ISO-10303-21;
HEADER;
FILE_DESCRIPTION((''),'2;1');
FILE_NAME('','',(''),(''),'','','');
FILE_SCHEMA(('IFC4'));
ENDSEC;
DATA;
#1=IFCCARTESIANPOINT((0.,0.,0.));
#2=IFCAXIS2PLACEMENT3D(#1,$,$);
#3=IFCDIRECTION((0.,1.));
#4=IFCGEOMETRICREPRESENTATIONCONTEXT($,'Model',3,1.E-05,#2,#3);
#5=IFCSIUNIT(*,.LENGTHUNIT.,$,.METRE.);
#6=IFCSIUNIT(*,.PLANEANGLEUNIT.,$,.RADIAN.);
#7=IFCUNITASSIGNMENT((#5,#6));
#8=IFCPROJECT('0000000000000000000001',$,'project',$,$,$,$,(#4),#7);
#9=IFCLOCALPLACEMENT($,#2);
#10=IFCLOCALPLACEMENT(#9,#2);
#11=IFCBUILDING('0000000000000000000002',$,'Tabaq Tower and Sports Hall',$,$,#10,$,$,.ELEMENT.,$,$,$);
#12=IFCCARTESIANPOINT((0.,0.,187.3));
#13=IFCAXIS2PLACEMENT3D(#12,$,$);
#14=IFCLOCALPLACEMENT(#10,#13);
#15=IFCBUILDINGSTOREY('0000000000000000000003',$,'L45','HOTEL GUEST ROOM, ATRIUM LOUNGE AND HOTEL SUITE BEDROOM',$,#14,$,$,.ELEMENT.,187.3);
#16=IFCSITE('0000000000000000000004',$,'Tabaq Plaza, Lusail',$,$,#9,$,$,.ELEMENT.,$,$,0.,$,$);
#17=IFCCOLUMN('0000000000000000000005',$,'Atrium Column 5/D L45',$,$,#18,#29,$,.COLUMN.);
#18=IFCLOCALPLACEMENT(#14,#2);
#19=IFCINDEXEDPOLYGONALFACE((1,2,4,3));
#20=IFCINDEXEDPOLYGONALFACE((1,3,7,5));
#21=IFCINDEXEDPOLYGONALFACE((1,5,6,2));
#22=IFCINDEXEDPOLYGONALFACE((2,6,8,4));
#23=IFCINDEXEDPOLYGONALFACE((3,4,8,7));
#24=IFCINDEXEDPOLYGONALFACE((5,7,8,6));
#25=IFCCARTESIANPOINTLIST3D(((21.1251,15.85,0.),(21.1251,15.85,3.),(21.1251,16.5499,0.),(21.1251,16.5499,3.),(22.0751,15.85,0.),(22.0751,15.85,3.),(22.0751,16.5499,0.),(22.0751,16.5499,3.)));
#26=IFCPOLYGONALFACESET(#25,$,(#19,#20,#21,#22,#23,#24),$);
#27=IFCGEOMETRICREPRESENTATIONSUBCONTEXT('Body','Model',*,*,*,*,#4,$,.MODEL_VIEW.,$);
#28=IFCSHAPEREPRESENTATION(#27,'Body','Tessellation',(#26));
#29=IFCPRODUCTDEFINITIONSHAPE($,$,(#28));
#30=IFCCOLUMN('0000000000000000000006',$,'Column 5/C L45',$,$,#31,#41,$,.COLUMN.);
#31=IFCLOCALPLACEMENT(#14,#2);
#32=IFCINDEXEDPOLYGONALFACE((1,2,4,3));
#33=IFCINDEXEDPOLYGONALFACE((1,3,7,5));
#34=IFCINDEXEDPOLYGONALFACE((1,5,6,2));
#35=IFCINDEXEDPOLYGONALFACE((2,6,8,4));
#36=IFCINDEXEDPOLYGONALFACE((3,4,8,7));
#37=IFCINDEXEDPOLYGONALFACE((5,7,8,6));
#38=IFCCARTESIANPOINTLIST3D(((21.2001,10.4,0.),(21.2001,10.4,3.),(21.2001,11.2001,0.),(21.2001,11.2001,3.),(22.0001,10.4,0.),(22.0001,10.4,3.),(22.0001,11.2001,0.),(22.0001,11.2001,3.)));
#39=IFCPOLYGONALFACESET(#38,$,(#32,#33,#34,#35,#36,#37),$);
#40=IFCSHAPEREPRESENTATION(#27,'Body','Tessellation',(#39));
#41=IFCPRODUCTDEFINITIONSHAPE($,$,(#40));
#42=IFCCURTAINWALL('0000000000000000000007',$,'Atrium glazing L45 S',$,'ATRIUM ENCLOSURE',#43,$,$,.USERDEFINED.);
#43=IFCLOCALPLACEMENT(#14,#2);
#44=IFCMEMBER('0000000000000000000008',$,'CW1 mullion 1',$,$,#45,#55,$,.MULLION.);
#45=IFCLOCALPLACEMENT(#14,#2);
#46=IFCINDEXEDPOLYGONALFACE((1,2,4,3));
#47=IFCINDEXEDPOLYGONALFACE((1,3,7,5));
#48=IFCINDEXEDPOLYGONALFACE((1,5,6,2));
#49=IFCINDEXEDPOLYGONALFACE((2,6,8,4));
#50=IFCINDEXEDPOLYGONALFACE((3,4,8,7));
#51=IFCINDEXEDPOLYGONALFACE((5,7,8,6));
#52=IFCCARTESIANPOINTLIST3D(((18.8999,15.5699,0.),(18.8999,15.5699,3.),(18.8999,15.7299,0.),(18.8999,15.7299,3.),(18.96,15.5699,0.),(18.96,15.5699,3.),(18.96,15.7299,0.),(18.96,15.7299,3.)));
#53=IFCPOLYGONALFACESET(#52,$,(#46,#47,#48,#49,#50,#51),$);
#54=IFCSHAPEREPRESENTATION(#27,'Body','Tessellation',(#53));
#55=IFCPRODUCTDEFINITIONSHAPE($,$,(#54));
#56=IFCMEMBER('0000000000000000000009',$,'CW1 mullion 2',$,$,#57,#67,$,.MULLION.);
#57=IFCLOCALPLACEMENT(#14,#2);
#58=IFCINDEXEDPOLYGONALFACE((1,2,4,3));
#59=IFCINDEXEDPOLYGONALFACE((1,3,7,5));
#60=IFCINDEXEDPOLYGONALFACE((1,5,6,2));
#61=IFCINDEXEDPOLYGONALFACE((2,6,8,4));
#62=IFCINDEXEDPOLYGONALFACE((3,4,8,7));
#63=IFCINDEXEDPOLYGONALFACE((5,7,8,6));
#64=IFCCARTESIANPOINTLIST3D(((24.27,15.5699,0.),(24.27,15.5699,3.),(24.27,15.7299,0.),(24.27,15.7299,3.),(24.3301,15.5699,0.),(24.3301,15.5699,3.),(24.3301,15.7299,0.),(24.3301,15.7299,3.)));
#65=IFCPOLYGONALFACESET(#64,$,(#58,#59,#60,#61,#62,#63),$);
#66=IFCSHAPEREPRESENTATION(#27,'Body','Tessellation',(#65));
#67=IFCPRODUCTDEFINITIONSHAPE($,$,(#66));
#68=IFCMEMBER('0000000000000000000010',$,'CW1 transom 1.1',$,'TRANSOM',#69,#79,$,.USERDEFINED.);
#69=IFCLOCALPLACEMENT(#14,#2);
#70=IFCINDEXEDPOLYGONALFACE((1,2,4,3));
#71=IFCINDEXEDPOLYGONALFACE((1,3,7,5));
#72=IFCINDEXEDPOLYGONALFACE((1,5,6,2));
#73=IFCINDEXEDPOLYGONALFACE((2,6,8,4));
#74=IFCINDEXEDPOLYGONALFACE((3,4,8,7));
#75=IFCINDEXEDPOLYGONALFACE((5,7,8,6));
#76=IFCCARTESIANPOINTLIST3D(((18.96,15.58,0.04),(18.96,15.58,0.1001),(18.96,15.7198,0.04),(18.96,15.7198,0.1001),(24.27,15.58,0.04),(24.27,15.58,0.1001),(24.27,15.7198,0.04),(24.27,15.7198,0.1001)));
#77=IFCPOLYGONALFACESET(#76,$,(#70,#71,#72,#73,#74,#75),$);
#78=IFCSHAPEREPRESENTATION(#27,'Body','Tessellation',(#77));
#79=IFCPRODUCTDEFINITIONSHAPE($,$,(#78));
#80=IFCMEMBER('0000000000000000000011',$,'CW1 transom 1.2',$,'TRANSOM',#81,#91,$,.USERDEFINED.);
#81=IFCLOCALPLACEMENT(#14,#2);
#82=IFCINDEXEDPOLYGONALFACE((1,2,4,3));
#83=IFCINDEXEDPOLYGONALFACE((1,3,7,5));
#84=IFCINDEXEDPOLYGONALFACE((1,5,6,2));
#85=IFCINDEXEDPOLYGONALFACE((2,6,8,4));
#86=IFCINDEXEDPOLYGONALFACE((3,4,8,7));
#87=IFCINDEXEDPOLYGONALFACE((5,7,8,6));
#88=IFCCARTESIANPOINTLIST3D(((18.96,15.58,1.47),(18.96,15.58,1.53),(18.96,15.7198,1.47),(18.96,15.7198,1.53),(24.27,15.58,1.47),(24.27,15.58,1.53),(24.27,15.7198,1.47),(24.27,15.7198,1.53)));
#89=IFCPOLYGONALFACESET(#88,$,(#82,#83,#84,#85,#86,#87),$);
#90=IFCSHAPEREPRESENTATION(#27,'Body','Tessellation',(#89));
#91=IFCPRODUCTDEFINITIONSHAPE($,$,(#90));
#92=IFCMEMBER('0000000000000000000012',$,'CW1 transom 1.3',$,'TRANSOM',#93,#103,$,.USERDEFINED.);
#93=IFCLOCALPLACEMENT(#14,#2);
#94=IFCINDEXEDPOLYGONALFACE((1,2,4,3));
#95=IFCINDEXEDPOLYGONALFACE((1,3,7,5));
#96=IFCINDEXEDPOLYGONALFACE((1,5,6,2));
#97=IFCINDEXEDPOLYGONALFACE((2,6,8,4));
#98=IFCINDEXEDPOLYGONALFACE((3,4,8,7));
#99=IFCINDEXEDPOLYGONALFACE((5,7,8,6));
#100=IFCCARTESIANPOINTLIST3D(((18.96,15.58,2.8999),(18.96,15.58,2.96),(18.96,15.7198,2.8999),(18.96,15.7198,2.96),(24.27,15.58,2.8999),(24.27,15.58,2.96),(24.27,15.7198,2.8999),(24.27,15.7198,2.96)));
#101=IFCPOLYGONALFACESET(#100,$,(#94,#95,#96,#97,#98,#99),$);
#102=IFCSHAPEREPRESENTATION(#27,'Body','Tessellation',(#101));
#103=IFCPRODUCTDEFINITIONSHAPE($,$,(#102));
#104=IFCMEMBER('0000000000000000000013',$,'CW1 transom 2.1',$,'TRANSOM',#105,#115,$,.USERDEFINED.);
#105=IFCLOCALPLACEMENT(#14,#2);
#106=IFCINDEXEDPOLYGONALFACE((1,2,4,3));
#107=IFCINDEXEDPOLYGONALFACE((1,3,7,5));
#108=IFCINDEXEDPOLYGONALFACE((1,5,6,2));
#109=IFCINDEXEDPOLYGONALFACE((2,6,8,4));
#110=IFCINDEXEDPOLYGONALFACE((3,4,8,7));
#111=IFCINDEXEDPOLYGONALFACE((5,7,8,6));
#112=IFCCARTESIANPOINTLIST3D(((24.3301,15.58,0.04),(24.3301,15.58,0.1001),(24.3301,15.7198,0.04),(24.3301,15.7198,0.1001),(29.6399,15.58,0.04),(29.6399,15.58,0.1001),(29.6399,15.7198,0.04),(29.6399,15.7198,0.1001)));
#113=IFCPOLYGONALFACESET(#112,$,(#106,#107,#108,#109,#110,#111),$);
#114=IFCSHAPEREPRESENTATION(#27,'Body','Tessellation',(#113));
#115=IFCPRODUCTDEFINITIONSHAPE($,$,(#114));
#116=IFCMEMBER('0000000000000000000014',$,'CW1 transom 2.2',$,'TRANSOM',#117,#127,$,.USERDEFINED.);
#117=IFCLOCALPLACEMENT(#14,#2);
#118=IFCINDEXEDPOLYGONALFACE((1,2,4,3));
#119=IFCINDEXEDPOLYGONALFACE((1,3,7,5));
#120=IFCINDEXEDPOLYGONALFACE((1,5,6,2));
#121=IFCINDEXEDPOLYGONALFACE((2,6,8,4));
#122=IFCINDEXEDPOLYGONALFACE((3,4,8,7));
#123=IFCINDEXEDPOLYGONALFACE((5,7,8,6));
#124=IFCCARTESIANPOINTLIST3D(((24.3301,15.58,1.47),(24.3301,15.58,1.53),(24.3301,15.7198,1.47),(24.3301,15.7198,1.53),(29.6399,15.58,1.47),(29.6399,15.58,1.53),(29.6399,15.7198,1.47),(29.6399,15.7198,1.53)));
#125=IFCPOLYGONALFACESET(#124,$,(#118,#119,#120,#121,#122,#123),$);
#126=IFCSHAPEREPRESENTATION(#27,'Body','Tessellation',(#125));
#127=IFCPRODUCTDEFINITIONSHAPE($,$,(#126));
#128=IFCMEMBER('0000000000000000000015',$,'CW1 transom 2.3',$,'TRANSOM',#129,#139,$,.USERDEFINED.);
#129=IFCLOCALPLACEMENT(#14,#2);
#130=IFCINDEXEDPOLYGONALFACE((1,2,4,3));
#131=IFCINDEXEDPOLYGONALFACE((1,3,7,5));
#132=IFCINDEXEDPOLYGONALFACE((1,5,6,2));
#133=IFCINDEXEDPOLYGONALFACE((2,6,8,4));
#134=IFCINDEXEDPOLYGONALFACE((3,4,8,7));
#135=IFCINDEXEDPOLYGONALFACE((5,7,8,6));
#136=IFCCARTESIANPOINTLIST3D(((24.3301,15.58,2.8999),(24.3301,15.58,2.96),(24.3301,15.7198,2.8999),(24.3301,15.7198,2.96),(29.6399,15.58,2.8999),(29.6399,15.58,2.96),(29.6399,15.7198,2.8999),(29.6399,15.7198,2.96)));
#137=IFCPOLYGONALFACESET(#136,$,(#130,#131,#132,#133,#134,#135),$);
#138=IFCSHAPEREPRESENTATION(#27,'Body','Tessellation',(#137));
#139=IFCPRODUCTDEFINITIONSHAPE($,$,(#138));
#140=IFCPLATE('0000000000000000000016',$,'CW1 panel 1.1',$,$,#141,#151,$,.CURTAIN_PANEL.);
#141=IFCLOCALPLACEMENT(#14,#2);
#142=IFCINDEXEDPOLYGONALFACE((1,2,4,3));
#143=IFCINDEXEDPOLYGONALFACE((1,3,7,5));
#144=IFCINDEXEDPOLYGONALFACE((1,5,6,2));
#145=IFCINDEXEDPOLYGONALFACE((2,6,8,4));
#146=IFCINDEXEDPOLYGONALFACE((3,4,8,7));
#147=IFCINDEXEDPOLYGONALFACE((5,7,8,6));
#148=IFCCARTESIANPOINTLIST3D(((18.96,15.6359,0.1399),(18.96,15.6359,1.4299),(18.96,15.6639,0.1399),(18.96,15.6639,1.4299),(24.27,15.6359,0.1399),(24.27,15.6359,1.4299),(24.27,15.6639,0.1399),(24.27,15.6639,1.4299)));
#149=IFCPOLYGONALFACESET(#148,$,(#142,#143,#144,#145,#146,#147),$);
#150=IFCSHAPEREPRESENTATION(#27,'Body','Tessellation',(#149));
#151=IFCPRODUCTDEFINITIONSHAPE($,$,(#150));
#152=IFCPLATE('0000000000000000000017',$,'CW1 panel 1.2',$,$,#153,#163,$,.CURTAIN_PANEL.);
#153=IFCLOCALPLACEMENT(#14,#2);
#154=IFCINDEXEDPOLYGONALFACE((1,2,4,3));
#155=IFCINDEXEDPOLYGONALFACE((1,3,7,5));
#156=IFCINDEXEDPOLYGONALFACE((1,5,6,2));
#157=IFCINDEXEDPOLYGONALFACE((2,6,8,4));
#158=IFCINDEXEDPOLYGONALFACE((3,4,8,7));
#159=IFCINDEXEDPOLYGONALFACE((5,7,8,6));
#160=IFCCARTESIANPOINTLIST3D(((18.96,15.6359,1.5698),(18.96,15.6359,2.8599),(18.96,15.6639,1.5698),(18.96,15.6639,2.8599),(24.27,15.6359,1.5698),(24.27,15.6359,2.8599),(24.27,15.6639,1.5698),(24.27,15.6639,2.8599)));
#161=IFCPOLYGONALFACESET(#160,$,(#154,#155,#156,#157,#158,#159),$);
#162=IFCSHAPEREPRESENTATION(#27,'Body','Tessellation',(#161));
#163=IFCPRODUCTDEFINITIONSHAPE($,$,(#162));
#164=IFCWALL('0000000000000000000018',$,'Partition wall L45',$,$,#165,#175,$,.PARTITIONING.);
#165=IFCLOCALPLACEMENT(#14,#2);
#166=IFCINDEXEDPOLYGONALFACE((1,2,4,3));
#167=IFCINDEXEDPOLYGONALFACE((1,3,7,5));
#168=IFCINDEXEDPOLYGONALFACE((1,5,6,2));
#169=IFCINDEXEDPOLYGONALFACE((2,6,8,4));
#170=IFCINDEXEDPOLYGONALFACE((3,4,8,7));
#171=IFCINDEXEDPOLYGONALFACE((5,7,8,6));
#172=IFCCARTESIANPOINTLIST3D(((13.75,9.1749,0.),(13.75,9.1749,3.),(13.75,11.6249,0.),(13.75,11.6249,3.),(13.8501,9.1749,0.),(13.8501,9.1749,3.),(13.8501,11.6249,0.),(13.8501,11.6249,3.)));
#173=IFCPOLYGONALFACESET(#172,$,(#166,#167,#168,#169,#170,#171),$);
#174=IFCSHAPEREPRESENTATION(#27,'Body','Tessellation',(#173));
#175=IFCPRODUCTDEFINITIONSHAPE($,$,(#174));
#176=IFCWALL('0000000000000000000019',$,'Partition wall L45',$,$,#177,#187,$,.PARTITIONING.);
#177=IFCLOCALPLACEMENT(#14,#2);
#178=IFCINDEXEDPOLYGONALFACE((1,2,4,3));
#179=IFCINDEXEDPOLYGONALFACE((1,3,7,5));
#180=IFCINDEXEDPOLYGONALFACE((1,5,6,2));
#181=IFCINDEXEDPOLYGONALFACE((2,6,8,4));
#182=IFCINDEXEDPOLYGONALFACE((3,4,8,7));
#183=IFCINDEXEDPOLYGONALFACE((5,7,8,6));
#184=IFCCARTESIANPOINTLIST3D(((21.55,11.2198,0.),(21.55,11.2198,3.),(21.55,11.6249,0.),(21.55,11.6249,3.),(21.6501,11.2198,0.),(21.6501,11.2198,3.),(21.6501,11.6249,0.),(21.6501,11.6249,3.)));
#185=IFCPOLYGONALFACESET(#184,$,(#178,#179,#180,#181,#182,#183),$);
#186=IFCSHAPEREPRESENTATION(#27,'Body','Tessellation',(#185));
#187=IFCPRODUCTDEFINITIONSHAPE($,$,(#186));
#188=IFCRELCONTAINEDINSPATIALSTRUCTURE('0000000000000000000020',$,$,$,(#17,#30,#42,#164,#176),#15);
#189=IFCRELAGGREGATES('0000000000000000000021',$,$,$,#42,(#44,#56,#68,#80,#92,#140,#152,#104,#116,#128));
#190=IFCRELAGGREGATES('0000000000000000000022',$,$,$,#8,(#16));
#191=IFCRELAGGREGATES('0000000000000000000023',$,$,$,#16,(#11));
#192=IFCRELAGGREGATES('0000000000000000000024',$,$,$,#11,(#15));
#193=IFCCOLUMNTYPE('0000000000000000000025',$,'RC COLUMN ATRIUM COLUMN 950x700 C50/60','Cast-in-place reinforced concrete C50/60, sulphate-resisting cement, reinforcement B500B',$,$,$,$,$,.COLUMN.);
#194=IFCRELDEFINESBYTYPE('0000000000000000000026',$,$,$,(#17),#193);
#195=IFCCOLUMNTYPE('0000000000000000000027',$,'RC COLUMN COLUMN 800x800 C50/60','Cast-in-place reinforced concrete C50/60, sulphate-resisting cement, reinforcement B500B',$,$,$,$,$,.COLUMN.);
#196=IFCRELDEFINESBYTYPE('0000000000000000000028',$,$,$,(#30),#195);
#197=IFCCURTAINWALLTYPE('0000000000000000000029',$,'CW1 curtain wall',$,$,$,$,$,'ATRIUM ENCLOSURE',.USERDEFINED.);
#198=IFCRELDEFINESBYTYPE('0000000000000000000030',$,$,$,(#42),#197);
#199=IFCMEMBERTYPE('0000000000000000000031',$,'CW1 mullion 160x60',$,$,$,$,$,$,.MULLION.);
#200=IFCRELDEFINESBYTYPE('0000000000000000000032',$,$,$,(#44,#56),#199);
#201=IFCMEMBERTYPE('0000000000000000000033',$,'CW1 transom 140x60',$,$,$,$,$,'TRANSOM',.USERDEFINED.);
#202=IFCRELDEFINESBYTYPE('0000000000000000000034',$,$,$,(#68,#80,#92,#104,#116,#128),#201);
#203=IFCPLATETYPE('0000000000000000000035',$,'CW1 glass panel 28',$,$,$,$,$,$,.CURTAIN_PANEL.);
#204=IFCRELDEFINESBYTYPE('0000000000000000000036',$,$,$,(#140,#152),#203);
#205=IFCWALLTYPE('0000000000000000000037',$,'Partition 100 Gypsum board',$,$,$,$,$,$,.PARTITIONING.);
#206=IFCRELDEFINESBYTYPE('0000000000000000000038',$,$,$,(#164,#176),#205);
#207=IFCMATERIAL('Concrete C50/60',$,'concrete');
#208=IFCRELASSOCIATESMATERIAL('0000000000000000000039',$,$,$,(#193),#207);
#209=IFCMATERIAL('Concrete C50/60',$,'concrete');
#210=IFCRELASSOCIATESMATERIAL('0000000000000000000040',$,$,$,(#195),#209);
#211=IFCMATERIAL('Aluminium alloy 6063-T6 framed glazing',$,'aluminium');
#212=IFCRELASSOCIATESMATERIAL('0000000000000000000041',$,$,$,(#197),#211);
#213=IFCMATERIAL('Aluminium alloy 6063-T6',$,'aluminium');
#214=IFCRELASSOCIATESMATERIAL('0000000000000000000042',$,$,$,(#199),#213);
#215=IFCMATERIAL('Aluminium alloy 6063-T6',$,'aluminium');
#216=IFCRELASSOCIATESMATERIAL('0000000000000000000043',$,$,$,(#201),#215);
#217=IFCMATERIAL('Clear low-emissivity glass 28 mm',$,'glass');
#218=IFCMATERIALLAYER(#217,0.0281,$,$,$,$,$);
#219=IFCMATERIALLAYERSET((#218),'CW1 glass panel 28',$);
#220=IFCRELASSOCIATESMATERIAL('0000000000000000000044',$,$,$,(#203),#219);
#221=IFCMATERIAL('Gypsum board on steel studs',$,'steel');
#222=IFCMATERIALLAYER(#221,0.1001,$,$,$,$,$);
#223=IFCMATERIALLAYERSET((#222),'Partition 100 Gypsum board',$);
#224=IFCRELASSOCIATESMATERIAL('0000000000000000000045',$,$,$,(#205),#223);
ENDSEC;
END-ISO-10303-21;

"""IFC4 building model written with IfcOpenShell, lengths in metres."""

from ifc_helpers import new_model, si_unit, direction, frame, frame_2d, origin, origin_2d, place, context, subcontext, project, spatial, rectangle, extrude, material, layer, layer_set, material_profile, profile_set, type_object, element, aggregate, save


model = new_model("IFC4")

# Units and contexts
model_context = context("Model", 3, precision=1e-05, world=origin(), true_north=direction((0.0, 1.0)))
body_context = subcontext(model_context, "Body", "Model", "MODEL_VIEW")
ifc_project = project(units=[si_unit("LENGTHUNIT", "METRE"), si_unit("PLANEANGLEUNIT", "RADIAN")], contexts=[model_context])

# Site, building, storey
site_placement = place(None, origin())
site = spatial("IfcSite", under=ifc_project, at=site_placement, Name="Tabaq Plaza, Lusail", CompositionType="ELEMENT", RefElevation=0.0)
building_placement = place(site_placement, origin())
building = spatial("IfcBuilding", under=site, at=building_placement, Name="Tabaq Tower and Sports Hall", CompositionType="ELEMENT")
storey_placement = place(building_placement, frame((0.0, 0.0, 187.3)))
storey = spatial("IfcBuildingStorey", under=building, at=storey_placement, Name="L45", Description="HOTEL GUEST ROOM, ATRIUM LOUNGE AND HOTEL SUITE BEDROOM", CompositionType="ELEMENT", Elevation=187.3)

# Columns
ifc_material_1 = material(Name="Concrete C50/60", Category="concrete")
ifc_material_profile_1 = material_profile(ifc_material_1, rectangle(XDim=0.95, YDim=0.7, at=origin_2d()), Name="ATRIUM COLUMN 950x700")
ifc_profile_set_1 = profile_set([ifc_material_profile_1], Name="Concrete C50/60")
column_type_1 = type_object("IfcColumnType", Name="RC COLUMN ATRIUM COLUMN 950x700 C50/60", Description="Cast-in-place reinforced concrete C50/60, sulphate-resisting cement, reinforcement B500B", PredefinedType="COLUMN", material=ifc_profile_set_1)
column_1_placement = place(storey_placement, frame((21.6001, 16.2, 0.0), z_axis=(0.0, 0.0, 1.0), x_axis=(1.0, 0.0, 0.0)))
element("IfcColumn", 1, at=column_1_placement, inside=storey, type_object=column_type_1, Name="Atrium Column 5/D L45", PredefinedType="COLUMN", context=body_context, shape_type="SweptSolid", body=[
    extrude(rectangle(XDim=0.95, YDim=0.7, at=origin_2d()), origin(), (0.0, 0.0, 1.0), 3.0),
])
ifc_material_2 = material(Name="Concrete C50/60", Category="concrete")
ifc_material_profile_2 = material_profile(ifc_material_2, rectangle(XDim=0.8, YDim=0.8, at=origin_2d()), Name="COLUMN 800x800")
ifc_profile_set_2 = profile_set([ifc_material_profile_2], Name="Concrete C50/60")
column_type_2 = type_object("IfcColumnType", Name="RC COLUMN COLUMN 800x800 C50/60", Description="Cast-in-place reinforced concrete C50/60, sulphate-resisting cement, reinforcement B500B", PredefinedType="COLUMN", material=ifc_profile_set_2)
column_2_placement = place(storey_placement, frame((21.6001, 10.8, 0.0), z_axis=(0.0, 0.0, 1.0), x_axis=(1.0, 0.0, 0.0)))
element("IfcColumn", 2, at=column_2_placement, inside=storey, type_object=column_type_2, Name="Column 5/C L45", PredefinedType="COLUMN", context=body_context, shape_type="SweptSolid", body=[
    extrude(rectangle(XDim=0.8, YDim=0.8, at=origin_2d()), origin(), (0.0, 0.0, 1.0), 3.0),
])

# Curtain wall, members, plates
ifc_material_3 = material(Name="Aluminium alloy 6063-T6 framed glazing", Category="aluminium")
curtain_wall_type = type_object("IfcCurtainWallType", Name="CW1 curtain wall", ElementType="ATRIUM ENCLOSURE", PredefinedType="USERDEFINED", material=ifc_material_3)
curtain_wall_placement = place(storey_placement, origin())
curtain_wall = element("IfcCurtainWall", 3, at=curtain_wall_placement, inside=storey, type_object=curtain_wall_type, Name="Atrium glazing L45 S", ObjectType="ATRIUM ENCLOSURE", PredefinedType="USERDEFINED")
ifc_material_4 = material(Name="Aluminium alloy 6063-T6", Category="aluminium")
ifc_material_profile_3 = material_profile(ifc_material_4, rectangle(XDim=0.1599, YDim=0.0601, at=origin_2d()), Name="MULLION 160x60")
ifc_profile_set_3 = profile_set([ifc_material_profile_3], Name="Aluminium alloy 6063-T6")
member_type_1 = type_object("IfcMemberType", Name="CW1 mullion 160x60", PredefinedType="MULLION", material=ifc_profile_set_3)
member_1_placement = place(storey_placement, frame((18.9299, 15.6499, 0.0), z_axis=(0.0, 0.0, 1.0), x_axis=(0.0, 1.0, 0.0)))
member_1 = element("IfcMember", 4, at=member_1_placement, type_object=member_type_1, Name="CW1 mullion 1", PredefinedType="MULLION", context=body_context, shape_type="SweptSolid", body=[
    extrude(rectangle(XDim=0.1599, YDim=0.0601, at=origin_2d()), origin(), (0.0, 0.0, 1.0), 3.0),
])
member_2_placement = place(storey_placement, frame((24.3, 15.6499, 0.0), z_axis=(0.0, 0.0, 1.0), x_axis=(0.0, 1.0, 0.0)))
member_2 = element("IfcMember", 5, at=member_2_placement, type_object=member_type_1, Name="CW1 mullion 2", PredefinedType="MULLION", context=body_context, shape_type="SweptSolid", body=[
    extrude(rectangle(XDim=0.1599, YDim=0.0601, at=origin_2d()), origin(), (0.0, 0.0, 1.0), 3.0),
])
ifc_material_5 = material(Name="Aluminium alloy 6063-T6", Category="aluminium")
ifc_material_profile_4 = material_profile(ifc_material_5, rectangle(XDim=0.1399, YDim=0.0601, at=origin_2d()), Name="TRANSOM 140x60")
ifc_profile_set_4 = profile_set([ifc_material_profile_4], Name="Aluminium alloy 6063-T6")
member_type_2 = type_object("IfcMemberType", Name="CW1 transom 140x60", ElementType="TRANSOM", PredefinedType="USERDEFINED", material=ifc_profile_set_4)
member_3_placement = place(storey_placement, frame((18.96, 15.6499, 0.0701), z_axis=(1.0, 0.0, 0.0), x_axis=(0.0, 1.0, 0.0)))
member_3 = element("IfcMember", 6, at=member_3_placement, type_object=member_type_2, Name="CW1 transom 1.1", ObjectType="TRANSOM", PredefinedType="USERDEFINED", context=body_context, shape_type="SweptSolid", body=[
    extrude(rectangle(XDim=0.1399, YDim=0.0601, at=origin_2d()), origin(), (0.0, 0.0, 1.0), 5.3101),
])
member_4_placement = place(storey_placement, frame((18.96, 15.6499, 1.5), z_axis=(1.0, 0.0, 0.0), x_axis=(0.0, 1.0, 0.0)))
member_4 = element("IfcMember", 7, at=member_4_placement, type_object=member_type_2, Name="CW1 transom 1.2", ObjectType="TRANSOM", PredefinedType="USERDEFINED", context=body_context, shape_type="SweptSolid", body=[
    extrude(rectangle(XDim=0.1399, YDim=0.0601, at=origin_2d()), origin(), (0.0, 0.0, 1.0), 5.3101),
])
member_5_placement = place(storey_placement, frame((18.96, 15.6499, 2.9299), z_axis=(1.0, 0.0, 0.0), x_axis=(0.0, 1.0, 0.0)))
member_5 = element("IfcMember", 8, at=member_5_placement, type_object=member_type_2, Name="CW1 transom 1.3", ObjectType="TRANSOM", PredefinedType="USERDEFINED", context=body_context, shape_type="SweptSolid", body=[
    extrude(rectangle(XDim=0.1399, YDim=0.0601, at=origin_2d()), origin(), (0.0, 0.0, 1.0), 5.3101),
])
member_6_placement = place(storey_placement, frame((24.3301, 15.6499, 0.0701), z_axis=(1.0, 0.0, 0.0), x_axis=(0.0, 1.0, 0.0)))
member_6 = element("IfcMember", 9, at=member_6_placement, type_object=member_type_2, Name="CW1 transom 2.1", ObjectType="TRANSOM", PredefinedType="USERDEFINED", context=body_context, shape_type="SweptSolid", body=[
    extrude(rectangle(XDim=0.1399, YDim=0.0601, at=origin_2d()), origin(), (0.0, 0.0, 1.0), 5.3098),
])
member_7_placement = place(storey_placement, frame((24.3301, 15.6499, 1.5), z_axis=(1.0, 0.0, 0.0), x_axis=(0.0, 1.0, 0.0)))
member_7 = element("IfcMember", 10, at=member_7_placement, type_object=member_type_2, Name="CW1 transom 2.2", ObjectType="TRANSOM", PredefinedType="USERDEFINED", context=body_context, shape_type="SweptSolid", body=[
    extrude(rectangle(XDim=0.1399, YDim=0.0601, at=origin_2d()), origin(), (0.0, 0.0, 1.0), 5.3098),
])
member_8_placement = place(storey_placement, frame((24.3301, 15.6499, 2.9299), z_axis=(1.0, 0.0, 0.0), x_axis=(0.0, 1.0, 0.0)))
member_8 = element("IfcMember", 11, at=member_8_placement, type_object=member_type_2, Name="CW1 transom 2.3", ObjectType="TRANSOM", PredefinedType="USERDEFINED", context=body_context, shape_type="SweptSolid", body=[
    extrude(rectangle(XDim=0.1399, YDim=0.0601, at=origin_2d()), origin(), (0.0, 0.0, 1.0), 5.3098),
])
ifc_material_6 = material(Name="Clear low-emissivity glass 28 mm", Category="glass")
ifc_layer_1 = layer(ifc_material_6, 0.0281)
ifc_layer_set_1 = layer_set([ifc_layer_1], Name="CW1 glass panel 28")
plate_type = type_object("IfcPlateType", Name="CW1 glass panel 28", PredefinedType="CURTAIN_PANEL", material=ifc_layer_set_1)
plate_1_placement = place(storey_placement, frame((21.615, 15.6499, 0.1399), z_axis=(0.0, 0.0, 1.0), x_axis=(1.0, 0.0, 0.0)))
plate_1 = element("IfcPlate", 12, at=plate_1_placement, type_object=plate_type, Name="CW1 panel 1.1", PredefinedType="CURTAIN_PANEL", context=body_context, shape_type="SweptSolid", body=[
    extrude(rectangle(XDim=5.3101, YDim=0.0281, at=origin_2d()), origin(), (0.0, 0.0, 1.0), 1.29),
])
plate_2_placement = place(storey_placement, frame((21.615, 15.6499, 1.5698), z_axis=(0.0, 0.0, 1.0), x_axis=(1.0, 0.0, 0.0)))
plate_2 = element("IfcPlate", 13, at=plate_2_placement, type_object=plate_type, Name="CW1 panel 1.2", PredefinedType="CURTAIN_PANEL", context=body_context, shape_type="SweptSolid", body=[
    extrude(rectangle(XDim=5.3101, YDim=0.0281, at=origin_2d()), origin(), (0.0, 0.0, 1.0), 1.29),
])
aggregate(curtain_wall, [member_1, member_2, member_3, member_4, member_5, plate_1, plate_2, member_6, member_7, member_8])

# Walls
ifc_material_7 = material(Name="Gypsum board on steel studs", Category="steel")
ifc_layer_2 = layer(ifc_material_7, 0.1001)
ifc_layer_set_2 = layer_set([ifc_layer_2], Name="Partition 100 Gypsum board")
wall_type_1 = type_object("IfcWallType", Name="Partition 100 Gypsum board", PredefinedType="PARTITIONING", material=ifc_layer_set_2)
wall_1_placement = place(storey_placement, frame((13.8, 11.625, 0.0), z_axis=(0.0, 0.0, 1.0), x_axis=(0.0, -1.0, 0.0)))
element("IfcWall", 14, at=wall_1_placement, inside=storey, type_object=wall_type_1, Name="Partition wall L45", PredefinedType="PARTITIONING", context=body_context, shape_type="SweptSolid", body=[
    extrude(rectangle(XDim=2.45, YDim=0.1001, at=frame_2d((1.2251, 0.0))), origin(), (0.0, 0.0, 1.0), 3.0),
])
wall_2_placement = place(storey_placement, frame((21.6001, 11.625, 0.0), z_axis=(0.0, 0.0, 1.0), x_axis=(0.0, -1.0, 0.0)))
element("IfcWall", 15, at=wall_2_placement, inside=storey, type_object=wall_type_1, Name="Partition wall L45", PredefinedType="PARTITIONING", context=body_context, shape_type="SweptSolid", body=[
    extrude(rectangle(XDim=0.405, YDim=0.1001, at=frame_2d((0.2026, 0.0))), origin(), (0.0, 0.0, 1.0), 3.0),
])

save(model, "model.ifc")
